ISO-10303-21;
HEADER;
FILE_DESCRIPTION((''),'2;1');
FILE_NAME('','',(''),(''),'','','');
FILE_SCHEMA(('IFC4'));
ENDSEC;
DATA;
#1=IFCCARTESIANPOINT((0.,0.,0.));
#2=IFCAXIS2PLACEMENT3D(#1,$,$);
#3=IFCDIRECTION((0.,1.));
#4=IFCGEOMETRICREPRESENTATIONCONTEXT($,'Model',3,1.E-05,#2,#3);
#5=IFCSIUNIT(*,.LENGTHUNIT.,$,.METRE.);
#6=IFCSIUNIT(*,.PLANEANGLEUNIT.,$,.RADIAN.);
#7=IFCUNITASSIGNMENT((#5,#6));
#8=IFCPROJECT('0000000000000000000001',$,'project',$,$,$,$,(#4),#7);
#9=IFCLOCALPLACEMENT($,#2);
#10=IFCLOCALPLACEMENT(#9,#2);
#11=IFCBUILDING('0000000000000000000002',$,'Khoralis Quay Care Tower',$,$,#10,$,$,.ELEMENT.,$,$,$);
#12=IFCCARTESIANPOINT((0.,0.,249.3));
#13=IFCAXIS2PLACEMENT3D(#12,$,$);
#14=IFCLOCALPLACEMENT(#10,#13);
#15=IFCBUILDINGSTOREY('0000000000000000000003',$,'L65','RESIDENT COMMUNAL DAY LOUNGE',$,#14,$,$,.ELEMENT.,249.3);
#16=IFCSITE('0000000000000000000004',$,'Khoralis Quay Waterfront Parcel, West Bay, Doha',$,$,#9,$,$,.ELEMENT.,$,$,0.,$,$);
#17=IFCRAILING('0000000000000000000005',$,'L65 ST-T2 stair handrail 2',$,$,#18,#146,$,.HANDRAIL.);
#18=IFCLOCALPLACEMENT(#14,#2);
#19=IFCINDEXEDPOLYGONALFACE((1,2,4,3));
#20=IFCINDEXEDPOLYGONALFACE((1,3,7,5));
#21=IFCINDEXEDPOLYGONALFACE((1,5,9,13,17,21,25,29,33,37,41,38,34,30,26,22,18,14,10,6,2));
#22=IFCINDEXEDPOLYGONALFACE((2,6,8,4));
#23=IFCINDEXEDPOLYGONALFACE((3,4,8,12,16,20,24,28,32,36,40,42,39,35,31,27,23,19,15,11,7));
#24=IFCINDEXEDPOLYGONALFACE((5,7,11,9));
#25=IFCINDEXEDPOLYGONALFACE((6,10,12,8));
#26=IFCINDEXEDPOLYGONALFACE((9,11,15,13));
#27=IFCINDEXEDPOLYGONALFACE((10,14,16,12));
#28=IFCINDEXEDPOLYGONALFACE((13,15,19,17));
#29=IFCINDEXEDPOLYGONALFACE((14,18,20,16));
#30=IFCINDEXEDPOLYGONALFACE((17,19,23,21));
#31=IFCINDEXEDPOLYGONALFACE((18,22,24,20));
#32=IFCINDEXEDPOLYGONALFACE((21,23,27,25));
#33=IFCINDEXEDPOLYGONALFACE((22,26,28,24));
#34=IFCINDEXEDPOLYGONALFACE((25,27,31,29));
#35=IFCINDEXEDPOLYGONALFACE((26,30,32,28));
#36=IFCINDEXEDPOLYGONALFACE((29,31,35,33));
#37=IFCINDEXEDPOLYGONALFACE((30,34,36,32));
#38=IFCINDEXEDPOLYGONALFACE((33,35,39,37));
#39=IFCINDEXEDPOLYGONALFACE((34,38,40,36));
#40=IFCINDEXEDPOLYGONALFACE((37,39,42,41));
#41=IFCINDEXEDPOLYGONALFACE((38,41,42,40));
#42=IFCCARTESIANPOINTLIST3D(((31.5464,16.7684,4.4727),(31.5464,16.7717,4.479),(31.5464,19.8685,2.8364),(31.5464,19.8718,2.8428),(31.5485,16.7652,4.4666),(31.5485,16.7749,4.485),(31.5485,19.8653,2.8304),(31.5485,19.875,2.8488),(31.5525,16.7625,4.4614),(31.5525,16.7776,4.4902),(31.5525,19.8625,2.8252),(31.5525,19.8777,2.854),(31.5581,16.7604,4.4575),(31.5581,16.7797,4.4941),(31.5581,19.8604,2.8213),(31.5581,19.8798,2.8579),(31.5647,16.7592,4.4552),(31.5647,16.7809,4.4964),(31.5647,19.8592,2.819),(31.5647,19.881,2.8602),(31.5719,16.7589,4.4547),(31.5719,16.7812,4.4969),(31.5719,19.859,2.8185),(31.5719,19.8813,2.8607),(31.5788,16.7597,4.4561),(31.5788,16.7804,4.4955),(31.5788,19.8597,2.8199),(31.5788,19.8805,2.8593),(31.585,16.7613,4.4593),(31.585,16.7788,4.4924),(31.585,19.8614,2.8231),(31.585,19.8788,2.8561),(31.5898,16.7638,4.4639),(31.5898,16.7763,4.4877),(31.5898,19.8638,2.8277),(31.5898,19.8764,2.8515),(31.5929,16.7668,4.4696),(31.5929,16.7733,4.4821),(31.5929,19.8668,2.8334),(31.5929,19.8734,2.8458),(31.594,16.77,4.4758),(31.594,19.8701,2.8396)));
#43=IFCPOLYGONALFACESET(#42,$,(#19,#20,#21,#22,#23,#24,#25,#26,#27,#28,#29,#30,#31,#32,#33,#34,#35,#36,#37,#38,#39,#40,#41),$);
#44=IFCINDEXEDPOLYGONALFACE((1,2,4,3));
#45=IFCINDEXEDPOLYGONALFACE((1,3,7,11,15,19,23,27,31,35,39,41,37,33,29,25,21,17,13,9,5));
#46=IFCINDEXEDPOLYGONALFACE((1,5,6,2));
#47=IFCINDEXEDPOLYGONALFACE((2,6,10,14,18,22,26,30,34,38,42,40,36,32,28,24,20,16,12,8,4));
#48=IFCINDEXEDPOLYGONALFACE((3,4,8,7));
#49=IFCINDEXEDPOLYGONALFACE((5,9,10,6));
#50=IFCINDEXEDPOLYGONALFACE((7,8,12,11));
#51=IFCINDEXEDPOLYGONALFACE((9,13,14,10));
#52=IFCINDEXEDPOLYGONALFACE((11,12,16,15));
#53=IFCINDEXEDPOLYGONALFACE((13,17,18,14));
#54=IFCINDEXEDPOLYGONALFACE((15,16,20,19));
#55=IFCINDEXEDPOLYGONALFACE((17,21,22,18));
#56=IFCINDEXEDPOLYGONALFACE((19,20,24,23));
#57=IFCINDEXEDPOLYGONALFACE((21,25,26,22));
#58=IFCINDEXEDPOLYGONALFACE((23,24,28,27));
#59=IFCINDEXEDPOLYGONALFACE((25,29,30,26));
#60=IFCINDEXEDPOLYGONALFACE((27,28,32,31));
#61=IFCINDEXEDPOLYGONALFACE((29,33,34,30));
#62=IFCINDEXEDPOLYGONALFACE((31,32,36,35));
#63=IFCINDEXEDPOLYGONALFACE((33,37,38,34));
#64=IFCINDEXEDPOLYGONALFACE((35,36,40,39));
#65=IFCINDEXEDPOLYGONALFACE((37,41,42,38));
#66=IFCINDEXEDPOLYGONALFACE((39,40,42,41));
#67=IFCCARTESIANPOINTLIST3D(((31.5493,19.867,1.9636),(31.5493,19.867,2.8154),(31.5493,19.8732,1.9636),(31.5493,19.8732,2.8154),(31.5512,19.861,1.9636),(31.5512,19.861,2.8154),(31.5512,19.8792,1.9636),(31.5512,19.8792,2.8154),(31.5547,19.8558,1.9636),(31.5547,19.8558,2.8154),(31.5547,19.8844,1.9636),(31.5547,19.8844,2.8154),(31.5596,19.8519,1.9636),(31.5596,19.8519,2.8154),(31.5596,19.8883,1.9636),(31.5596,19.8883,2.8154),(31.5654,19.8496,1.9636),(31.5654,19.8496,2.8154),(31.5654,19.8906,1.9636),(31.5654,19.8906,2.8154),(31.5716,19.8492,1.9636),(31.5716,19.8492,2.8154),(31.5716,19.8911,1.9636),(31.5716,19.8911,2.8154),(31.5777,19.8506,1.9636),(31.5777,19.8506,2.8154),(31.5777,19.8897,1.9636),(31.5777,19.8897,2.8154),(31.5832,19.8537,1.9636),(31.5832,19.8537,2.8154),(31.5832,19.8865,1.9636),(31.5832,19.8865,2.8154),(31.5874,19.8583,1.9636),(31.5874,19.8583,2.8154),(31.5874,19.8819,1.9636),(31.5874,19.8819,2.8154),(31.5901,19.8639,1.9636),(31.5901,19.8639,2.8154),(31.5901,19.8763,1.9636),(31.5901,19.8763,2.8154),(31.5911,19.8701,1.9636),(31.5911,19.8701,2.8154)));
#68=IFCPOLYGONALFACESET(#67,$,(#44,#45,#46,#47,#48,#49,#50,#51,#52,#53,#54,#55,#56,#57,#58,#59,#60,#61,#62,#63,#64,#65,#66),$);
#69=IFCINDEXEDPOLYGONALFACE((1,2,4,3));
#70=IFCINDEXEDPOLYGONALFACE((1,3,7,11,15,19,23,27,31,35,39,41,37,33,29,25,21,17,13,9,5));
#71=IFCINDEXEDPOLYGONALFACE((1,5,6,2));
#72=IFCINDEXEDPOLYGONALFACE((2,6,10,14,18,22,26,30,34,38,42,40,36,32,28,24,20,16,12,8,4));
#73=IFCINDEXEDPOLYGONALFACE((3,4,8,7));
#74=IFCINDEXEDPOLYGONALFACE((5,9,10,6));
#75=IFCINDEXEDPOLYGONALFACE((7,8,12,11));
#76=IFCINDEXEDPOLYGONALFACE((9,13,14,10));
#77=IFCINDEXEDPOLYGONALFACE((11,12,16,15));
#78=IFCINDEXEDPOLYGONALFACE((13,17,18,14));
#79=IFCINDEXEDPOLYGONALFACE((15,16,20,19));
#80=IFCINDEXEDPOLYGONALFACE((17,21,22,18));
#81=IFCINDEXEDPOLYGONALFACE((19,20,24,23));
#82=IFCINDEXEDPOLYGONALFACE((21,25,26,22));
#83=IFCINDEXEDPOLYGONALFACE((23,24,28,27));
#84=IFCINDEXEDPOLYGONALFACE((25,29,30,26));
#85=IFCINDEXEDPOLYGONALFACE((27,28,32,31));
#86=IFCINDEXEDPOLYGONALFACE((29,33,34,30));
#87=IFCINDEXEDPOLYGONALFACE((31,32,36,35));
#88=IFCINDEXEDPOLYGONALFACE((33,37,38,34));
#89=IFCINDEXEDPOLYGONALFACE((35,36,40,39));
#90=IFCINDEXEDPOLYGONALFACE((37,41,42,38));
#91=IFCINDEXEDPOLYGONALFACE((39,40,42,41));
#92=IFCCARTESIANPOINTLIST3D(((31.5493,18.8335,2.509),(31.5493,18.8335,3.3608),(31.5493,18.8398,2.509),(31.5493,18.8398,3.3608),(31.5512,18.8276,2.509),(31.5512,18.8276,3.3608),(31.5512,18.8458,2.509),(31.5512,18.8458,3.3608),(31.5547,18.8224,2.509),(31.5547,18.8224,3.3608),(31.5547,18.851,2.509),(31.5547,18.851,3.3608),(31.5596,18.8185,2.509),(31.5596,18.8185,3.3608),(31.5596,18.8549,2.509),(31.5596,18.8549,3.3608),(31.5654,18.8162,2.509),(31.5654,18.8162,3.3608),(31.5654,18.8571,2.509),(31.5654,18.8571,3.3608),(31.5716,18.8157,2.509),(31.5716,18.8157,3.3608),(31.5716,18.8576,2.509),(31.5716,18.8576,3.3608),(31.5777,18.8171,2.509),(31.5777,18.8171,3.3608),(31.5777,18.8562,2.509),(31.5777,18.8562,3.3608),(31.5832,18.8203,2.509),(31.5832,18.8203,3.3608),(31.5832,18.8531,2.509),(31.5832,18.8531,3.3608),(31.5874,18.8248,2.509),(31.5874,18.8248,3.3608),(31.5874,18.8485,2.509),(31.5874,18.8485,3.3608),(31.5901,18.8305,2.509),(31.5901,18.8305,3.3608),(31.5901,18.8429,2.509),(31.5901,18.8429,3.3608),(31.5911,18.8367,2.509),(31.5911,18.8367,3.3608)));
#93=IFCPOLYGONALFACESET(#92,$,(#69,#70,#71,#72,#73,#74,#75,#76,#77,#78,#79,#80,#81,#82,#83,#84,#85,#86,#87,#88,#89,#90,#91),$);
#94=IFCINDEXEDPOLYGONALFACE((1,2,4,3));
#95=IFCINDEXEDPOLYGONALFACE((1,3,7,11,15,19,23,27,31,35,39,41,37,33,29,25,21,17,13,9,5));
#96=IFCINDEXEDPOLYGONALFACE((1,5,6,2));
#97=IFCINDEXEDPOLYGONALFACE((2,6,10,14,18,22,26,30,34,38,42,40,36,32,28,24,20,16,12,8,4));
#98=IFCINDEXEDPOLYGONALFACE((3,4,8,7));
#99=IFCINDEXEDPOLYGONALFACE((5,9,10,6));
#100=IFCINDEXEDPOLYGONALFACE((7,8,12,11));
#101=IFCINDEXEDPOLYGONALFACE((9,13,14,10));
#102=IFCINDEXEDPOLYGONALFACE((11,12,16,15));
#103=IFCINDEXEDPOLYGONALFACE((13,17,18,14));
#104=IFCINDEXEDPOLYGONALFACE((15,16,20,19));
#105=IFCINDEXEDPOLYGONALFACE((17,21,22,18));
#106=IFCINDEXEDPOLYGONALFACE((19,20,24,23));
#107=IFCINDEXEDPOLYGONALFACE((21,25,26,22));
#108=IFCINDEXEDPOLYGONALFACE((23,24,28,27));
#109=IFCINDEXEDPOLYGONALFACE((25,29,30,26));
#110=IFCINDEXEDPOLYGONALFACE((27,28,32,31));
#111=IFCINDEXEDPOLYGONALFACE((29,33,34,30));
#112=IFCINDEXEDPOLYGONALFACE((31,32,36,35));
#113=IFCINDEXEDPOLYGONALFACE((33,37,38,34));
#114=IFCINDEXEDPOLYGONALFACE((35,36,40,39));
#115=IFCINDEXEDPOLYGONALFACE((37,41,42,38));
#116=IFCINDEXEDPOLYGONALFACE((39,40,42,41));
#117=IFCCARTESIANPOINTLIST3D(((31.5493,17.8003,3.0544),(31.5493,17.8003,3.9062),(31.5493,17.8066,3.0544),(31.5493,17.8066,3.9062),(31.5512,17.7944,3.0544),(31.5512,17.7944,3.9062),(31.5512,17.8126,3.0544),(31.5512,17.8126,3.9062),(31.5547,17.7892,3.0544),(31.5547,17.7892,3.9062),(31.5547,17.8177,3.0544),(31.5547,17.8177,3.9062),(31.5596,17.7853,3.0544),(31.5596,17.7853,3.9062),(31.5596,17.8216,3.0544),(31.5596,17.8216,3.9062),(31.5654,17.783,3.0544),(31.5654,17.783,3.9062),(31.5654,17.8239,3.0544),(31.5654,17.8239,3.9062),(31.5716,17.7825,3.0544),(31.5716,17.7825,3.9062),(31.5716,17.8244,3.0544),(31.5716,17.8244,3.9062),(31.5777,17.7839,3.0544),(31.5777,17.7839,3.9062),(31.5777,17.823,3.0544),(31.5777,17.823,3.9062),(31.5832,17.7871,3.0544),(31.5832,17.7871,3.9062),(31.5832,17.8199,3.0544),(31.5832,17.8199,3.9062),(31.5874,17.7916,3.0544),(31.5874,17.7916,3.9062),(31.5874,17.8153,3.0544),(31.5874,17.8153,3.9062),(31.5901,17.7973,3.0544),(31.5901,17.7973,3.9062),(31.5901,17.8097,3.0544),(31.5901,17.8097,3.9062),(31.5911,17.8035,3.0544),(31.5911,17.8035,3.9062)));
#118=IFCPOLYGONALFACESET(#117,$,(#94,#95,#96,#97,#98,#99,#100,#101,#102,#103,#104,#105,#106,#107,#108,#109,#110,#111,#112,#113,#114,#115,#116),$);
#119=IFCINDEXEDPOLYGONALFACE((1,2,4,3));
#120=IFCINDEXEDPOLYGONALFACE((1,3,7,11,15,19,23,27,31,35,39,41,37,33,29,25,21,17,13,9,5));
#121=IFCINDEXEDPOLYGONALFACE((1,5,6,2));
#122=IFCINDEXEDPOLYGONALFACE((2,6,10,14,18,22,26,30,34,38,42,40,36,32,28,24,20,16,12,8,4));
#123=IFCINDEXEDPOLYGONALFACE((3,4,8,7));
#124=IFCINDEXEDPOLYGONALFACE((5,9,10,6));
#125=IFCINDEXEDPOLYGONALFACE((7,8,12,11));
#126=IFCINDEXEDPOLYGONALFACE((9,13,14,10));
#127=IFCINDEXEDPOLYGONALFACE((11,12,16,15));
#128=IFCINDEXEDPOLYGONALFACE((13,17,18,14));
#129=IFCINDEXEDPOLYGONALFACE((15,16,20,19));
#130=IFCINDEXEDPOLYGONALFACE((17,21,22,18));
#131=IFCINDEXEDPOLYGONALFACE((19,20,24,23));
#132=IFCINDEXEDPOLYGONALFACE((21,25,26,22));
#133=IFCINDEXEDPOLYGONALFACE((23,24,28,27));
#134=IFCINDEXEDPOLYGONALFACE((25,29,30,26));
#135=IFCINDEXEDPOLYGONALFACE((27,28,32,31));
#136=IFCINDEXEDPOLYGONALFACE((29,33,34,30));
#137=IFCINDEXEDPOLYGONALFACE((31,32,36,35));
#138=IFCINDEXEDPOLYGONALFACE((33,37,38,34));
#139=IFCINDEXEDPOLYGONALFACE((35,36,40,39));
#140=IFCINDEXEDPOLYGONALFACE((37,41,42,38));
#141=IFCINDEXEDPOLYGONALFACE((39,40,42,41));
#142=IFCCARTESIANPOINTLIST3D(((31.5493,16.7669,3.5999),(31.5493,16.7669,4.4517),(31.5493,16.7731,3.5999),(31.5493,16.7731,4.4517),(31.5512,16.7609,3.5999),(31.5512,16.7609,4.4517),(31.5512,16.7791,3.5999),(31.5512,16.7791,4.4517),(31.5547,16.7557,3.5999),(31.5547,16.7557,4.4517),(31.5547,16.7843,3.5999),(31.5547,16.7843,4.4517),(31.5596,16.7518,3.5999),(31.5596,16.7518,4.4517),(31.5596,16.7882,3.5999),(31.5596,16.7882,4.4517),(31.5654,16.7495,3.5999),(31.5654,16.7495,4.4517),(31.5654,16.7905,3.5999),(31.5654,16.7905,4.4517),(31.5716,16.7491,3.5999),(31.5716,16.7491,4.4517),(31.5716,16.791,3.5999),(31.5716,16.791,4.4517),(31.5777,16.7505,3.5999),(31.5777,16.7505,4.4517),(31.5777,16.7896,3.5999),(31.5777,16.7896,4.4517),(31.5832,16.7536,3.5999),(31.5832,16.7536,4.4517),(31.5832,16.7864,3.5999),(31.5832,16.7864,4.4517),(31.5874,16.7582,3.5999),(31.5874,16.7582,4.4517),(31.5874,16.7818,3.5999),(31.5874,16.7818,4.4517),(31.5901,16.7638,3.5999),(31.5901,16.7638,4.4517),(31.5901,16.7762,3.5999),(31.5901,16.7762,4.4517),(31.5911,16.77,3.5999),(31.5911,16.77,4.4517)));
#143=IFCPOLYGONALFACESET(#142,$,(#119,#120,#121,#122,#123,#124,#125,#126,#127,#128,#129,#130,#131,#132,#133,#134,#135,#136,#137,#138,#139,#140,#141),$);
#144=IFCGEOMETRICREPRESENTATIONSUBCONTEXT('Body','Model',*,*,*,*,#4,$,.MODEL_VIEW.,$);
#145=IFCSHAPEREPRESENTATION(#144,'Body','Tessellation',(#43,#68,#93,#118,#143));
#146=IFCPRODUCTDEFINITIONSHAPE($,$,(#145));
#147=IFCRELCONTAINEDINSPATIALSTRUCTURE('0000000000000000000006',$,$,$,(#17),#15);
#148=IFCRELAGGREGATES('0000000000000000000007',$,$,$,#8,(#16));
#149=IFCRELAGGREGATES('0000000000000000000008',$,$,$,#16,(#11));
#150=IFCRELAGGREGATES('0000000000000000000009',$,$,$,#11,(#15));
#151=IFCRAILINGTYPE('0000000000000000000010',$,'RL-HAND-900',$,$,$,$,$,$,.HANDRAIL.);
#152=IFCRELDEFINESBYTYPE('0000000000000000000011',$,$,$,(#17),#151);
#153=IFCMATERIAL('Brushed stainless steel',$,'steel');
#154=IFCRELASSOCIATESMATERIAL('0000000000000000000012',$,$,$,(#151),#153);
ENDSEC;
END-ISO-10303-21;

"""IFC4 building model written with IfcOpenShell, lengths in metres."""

from ifc_helpers import new_model, si_unit, direction, frame, origin, origin_2d, place, context, subcontext, project, spatial, circle, extrude, material, type_object, element, save


model = new_model("IFC4")

# Units and contexts
model_context = context("Model", 3, precision=1e-05, world=origin(), true_north=direction((0.0, 1.0)))
body_context = subcontext(model_context, "Body", "Model", "MODEL_VIEW")
ifc_project = project(units=[si_unit("LENGTHUNIT", "METRE"), si_unit("PLANEANGLEUNIT", "RADIAN")], contexts=[model_context])

# Site, building, storey
site_placement = place(None, origin())
site = spatial("IfcSite", under=ifc_project, at=site_placement, Name="Khoralis Quay Waterfront Parcel, West Bay, Doha", CompositionType="ELEMENT", RefElevation=0.0)
building_placement = place(site_placement, origin())
building = spatial("IfcBuilding", under=site, at=building_placement, Name="Khoralis Quay Care Tower", CompositionType="ELEMENT")
storey_placement = place(building_placement, frame((0.0, 0.0, 249.3)))
storey = spatial("IfcBuildingStorey", under=building, at=storey_placement, Name="L65", Description="RESIDENT COMMUNAL DAY LOUNGE", CompositionType="ELEMENT", Elevation=249.3)

# Shared definitions
ifc_material_1 = material(Name="Brushed stainless steel", Category="steel")

# Railing
railing_type_1 = type_object("IfcRailingType", Name="RL-HAND-900", PredefinedType="HANDRAIL", material=ifc_material_1)
railing_1_placement = place(storey_placement, frame((31.5701, 19.8701, 1.9636)))
element("IfcRailing", 1, at=railing_1_placement, inside=storey, type_object=railing_type_1, Name="L65 ST-T2 stair handrail 2", PredefinedType="HANDRAIL", context=body_context, shape_type="SweptSolid", body=[
    extrude(circle(Radius=0.0239, at=origin_2d()), frame((0.0, 0.0, 0.876), z_axis=(0.0, -0.884377, 0.466774), x_axis=(1.0, 0.0, 0.0)), (0.0, 0.0, 1.0), 3.5054),
    extrude(circle(Radius=0.021, at=origin_2d()), origin(), (0.0, 0.0, 1.0), 0.8518),
    extrude(circle(Radius=0.021, at=origin_2d()), frame((0.0, -1.0334, 0.5454)), (0.0, 0.0, 1.0), 0.8518),
    extrude(circle(Radius=0.021, at=origin_2d()), frame((0.0, -2.0667, 1.0908)), (0.0, 0.0, 1.0), 0.8518),
    extrude(circle(Radius=0.021, at=origin_2d()), frame((0.0, -3.1001, 1.6362)), (0.0, 0.0, 1.0), 0.8518),
])

save(model, "model.ifc")
